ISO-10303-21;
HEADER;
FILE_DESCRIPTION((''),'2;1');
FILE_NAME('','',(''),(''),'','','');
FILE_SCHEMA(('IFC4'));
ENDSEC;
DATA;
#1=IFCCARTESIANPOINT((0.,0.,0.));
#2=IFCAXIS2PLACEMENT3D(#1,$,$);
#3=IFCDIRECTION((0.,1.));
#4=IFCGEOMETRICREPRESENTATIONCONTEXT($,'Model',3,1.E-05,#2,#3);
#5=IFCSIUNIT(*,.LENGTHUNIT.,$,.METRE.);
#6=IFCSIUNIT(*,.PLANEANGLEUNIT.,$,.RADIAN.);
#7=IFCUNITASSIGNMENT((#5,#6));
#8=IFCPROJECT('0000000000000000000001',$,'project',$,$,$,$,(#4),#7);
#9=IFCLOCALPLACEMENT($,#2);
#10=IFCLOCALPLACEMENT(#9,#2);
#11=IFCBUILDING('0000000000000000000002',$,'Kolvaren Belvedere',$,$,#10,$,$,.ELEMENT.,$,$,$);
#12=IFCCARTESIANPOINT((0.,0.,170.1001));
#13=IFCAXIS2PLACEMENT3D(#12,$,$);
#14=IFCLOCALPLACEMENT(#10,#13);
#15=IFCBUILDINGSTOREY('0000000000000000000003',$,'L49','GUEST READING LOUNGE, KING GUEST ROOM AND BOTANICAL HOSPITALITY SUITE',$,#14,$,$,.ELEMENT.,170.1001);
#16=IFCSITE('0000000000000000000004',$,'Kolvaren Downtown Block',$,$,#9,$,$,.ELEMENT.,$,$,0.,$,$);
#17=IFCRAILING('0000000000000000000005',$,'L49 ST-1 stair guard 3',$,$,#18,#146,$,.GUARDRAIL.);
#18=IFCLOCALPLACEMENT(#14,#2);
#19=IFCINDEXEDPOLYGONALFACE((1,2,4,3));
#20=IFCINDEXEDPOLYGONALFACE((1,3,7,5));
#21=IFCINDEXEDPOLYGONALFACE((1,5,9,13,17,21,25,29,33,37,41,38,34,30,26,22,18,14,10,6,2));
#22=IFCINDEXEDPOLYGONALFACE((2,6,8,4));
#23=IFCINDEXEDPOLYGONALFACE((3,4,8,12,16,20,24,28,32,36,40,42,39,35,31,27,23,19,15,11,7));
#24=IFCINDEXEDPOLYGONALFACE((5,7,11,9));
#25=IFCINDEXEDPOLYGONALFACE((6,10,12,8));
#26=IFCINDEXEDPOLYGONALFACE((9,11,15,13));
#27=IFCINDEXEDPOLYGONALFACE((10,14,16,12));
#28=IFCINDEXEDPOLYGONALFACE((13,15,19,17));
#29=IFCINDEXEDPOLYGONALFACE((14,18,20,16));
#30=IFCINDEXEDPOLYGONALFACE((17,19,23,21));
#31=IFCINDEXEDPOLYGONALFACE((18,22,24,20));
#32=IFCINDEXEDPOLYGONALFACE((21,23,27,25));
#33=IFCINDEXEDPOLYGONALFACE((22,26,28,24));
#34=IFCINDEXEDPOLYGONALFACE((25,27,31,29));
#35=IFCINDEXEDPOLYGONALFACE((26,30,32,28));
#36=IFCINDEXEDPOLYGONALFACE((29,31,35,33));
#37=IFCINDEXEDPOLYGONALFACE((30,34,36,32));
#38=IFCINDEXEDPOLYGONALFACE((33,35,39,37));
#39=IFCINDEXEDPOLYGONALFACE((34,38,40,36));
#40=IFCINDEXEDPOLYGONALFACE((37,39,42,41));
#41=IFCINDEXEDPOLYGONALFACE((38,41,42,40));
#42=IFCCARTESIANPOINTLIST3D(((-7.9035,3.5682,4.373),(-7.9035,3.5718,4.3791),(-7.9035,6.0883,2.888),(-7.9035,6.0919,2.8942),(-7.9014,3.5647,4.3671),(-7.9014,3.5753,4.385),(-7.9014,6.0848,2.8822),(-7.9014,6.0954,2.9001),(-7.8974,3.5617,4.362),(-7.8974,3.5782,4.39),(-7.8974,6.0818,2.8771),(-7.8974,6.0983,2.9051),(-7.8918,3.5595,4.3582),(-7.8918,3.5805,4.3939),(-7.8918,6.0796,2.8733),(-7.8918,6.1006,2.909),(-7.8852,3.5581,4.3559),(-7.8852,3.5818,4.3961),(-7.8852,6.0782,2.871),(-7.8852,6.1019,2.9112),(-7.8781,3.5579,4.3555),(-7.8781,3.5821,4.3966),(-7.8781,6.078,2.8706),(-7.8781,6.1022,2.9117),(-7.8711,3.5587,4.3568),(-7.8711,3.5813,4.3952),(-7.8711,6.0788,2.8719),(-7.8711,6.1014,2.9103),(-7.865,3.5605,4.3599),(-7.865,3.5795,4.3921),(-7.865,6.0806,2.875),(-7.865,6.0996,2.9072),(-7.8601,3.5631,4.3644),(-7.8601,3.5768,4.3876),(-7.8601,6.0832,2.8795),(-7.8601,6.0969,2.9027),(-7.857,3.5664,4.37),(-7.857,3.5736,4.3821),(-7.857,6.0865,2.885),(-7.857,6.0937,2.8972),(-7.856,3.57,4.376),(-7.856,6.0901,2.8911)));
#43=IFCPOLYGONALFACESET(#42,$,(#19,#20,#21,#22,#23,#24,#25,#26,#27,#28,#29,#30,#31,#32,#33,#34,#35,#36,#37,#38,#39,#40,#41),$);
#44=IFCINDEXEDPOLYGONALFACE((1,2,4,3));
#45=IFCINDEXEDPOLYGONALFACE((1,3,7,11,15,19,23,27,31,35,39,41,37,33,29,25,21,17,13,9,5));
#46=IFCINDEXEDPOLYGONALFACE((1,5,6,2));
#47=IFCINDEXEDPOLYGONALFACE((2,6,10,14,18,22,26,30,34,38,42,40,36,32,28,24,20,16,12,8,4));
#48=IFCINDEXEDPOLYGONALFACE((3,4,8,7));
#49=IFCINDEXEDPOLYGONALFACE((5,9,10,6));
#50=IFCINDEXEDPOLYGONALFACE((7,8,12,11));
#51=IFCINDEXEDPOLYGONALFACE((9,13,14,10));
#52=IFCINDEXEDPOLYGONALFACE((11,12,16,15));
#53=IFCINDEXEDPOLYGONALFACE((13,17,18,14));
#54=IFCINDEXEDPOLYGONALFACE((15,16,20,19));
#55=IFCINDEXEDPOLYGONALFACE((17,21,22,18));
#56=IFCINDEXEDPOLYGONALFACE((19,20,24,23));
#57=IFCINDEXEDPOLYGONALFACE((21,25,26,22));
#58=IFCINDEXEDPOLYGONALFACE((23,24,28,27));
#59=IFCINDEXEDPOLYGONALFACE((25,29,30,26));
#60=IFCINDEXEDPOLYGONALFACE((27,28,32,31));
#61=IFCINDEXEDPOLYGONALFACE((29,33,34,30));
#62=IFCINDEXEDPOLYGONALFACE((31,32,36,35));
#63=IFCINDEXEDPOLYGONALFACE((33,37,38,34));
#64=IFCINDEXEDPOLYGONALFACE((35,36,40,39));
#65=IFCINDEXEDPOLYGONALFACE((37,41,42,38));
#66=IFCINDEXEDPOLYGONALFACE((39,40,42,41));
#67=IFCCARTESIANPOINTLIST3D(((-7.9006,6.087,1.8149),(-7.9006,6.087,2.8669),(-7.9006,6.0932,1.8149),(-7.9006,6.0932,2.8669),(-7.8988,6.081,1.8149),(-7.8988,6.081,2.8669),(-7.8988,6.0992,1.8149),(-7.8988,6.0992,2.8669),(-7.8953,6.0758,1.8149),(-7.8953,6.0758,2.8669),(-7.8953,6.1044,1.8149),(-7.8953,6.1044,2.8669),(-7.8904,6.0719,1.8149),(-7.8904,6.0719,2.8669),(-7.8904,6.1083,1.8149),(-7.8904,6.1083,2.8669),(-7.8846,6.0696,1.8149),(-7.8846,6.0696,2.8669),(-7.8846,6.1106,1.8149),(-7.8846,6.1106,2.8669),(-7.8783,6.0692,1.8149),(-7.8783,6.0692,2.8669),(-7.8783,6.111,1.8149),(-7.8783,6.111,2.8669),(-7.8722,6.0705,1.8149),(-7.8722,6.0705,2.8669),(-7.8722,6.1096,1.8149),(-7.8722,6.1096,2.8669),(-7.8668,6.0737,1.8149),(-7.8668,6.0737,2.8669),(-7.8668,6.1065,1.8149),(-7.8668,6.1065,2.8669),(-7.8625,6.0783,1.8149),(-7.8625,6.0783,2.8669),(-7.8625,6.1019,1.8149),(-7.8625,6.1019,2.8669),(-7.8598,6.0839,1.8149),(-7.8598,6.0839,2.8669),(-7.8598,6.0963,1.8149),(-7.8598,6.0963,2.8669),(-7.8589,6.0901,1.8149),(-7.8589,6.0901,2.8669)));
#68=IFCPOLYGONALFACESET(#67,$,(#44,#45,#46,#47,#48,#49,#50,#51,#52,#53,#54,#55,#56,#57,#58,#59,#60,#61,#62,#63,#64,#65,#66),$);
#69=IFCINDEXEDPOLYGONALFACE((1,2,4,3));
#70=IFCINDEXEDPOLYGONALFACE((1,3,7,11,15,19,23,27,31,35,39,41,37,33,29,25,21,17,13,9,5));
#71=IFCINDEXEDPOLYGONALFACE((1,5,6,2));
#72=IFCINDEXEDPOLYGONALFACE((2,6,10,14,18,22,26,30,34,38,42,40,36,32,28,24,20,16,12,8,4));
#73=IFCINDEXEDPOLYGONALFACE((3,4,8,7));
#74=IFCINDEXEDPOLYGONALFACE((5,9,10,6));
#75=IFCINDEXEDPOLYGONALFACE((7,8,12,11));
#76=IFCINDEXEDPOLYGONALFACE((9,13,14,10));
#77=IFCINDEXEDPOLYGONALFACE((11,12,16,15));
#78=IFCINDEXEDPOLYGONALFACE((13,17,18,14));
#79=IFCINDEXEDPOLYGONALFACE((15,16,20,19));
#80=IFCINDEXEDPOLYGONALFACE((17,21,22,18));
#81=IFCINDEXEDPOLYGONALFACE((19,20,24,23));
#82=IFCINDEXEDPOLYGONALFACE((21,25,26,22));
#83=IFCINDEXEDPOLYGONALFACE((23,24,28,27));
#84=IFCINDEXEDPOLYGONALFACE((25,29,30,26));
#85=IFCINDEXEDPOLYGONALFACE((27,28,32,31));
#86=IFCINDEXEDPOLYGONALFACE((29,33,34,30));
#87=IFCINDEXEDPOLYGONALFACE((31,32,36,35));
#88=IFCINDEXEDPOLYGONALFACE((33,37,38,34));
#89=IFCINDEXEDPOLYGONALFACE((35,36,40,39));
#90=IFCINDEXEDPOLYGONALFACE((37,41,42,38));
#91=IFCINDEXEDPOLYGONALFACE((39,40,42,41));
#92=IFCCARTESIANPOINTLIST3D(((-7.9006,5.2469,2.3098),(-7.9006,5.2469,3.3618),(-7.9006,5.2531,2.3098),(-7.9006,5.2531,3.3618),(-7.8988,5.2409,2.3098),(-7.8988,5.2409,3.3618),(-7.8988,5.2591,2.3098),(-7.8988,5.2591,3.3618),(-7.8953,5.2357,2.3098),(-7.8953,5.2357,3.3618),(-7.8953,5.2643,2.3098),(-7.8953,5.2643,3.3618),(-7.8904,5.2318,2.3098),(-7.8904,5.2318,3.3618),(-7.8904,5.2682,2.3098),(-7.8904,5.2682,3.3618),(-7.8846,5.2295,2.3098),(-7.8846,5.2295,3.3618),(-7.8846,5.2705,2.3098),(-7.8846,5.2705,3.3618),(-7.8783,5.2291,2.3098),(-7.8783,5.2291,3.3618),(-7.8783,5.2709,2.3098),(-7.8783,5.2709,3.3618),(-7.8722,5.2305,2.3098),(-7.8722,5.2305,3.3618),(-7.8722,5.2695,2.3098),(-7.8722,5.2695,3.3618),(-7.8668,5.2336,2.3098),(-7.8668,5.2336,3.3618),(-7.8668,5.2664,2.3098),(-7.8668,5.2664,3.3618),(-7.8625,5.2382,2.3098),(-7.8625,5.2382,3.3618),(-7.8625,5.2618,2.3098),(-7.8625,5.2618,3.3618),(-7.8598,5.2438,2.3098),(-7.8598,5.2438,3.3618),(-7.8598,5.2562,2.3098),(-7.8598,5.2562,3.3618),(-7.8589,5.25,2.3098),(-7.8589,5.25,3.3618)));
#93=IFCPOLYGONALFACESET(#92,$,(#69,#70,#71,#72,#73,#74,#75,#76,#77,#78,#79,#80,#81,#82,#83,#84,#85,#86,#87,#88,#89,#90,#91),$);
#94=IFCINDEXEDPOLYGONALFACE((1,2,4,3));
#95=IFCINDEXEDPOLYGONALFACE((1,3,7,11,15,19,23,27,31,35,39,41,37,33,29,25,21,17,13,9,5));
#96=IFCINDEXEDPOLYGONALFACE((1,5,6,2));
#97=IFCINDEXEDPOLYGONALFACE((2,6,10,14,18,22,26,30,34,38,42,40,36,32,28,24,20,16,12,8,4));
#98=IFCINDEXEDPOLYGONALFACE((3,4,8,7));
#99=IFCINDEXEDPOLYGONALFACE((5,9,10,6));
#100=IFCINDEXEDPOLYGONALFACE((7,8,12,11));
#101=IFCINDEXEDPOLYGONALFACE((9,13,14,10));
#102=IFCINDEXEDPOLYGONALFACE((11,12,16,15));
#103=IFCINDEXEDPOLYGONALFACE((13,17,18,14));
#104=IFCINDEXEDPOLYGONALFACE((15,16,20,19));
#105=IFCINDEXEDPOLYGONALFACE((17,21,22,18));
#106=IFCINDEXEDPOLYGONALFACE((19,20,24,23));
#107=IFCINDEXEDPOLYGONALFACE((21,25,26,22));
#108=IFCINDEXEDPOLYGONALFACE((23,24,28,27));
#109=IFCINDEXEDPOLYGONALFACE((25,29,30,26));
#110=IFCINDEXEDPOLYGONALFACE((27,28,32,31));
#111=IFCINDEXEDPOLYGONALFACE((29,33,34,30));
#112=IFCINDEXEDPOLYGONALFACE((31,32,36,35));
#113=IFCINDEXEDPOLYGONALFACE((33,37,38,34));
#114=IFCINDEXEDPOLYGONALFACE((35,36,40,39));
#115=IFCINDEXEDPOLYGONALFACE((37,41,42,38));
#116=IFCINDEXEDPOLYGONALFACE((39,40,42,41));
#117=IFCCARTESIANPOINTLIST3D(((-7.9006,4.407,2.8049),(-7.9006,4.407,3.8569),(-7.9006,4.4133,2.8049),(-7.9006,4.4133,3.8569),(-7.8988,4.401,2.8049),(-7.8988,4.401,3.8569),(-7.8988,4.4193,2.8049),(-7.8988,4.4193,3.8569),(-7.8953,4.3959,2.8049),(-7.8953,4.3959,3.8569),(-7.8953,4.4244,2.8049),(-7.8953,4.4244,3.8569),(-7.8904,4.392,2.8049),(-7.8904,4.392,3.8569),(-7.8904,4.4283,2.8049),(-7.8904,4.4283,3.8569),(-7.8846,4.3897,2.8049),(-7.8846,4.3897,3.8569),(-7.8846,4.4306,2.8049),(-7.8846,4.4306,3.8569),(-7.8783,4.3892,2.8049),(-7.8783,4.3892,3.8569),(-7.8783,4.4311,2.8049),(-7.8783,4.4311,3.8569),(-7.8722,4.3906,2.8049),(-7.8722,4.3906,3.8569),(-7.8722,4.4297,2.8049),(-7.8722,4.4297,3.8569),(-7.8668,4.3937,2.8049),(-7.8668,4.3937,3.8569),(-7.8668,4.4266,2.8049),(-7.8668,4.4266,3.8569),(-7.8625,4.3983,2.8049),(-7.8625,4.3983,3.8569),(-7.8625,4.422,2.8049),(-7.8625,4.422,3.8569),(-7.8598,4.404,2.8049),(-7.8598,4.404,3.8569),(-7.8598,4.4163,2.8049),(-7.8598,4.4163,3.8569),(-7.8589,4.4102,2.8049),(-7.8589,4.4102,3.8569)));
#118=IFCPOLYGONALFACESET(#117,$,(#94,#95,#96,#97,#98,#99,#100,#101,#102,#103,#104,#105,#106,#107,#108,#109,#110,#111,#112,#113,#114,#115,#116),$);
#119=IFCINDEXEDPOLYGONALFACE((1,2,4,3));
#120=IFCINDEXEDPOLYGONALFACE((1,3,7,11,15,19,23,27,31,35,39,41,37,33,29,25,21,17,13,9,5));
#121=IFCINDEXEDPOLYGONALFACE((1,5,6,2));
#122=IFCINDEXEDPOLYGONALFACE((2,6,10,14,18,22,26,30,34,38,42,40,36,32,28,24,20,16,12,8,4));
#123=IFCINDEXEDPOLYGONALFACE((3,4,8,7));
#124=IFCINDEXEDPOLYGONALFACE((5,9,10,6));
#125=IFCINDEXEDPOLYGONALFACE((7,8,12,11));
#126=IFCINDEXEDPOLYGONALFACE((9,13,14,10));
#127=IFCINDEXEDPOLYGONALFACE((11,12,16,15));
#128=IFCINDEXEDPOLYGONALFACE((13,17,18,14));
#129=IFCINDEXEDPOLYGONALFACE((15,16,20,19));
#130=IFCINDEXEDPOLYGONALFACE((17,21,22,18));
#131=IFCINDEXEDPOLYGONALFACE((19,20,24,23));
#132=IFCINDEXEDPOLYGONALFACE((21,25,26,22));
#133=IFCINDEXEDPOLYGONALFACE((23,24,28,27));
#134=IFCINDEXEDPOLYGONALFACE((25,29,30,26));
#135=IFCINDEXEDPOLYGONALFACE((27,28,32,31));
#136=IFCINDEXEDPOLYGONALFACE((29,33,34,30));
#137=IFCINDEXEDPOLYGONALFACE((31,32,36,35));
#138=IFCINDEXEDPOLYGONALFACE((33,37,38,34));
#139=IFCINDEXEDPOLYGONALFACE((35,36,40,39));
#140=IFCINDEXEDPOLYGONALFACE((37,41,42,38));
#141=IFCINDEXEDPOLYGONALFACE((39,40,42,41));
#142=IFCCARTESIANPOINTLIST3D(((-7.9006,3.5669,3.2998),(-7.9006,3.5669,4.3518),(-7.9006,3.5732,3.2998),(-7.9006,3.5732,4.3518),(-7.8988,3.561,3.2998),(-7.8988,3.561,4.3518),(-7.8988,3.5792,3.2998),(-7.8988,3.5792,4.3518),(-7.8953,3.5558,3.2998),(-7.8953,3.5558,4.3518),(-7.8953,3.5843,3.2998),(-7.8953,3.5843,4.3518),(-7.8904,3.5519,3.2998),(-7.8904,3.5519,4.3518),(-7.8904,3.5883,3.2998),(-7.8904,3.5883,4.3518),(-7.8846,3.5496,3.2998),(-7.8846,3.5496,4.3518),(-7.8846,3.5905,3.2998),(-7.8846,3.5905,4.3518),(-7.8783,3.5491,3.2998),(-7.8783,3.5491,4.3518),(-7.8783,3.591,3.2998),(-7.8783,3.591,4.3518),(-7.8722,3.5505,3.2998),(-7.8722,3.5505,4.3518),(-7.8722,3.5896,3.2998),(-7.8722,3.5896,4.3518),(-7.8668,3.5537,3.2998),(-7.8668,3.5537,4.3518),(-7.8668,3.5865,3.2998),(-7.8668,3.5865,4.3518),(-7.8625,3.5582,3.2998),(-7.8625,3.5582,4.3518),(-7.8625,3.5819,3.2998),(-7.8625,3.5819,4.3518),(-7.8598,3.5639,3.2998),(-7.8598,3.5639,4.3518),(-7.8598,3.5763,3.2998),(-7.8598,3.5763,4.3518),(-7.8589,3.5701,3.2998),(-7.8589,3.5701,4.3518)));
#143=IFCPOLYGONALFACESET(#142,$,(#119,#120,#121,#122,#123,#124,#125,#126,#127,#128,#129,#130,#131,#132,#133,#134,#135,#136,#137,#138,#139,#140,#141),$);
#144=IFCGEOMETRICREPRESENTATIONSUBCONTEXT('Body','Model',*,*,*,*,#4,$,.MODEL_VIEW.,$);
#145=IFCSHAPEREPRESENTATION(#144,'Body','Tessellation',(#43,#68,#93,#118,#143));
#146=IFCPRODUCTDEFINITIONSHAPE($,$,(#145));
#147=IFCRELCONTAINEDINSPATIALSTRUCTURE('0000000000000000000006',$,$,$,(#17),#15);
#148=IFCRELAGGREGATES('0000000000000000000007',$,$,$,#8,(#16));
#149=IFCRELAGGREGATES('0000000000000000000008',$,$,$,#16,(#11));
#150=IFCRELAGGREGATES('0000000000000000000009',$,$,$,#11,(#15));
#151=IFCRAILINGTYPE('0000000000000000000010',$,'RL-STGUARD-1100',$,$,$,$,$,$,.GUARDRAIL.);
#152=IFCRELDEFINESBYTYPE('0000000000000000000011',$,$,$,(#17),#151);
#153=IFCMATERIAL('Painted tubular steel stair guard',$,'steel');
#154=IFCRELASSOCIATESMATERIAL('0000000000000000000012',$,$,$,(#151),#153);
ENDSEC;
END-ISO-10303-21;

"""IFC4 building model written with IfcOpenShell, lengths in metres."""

from ifc_helpers import new_model, si_unit, direction, frame, origin, origin_2d, place, context, subcontext, project, spatial, circle, extrude, material, type_object, element, save


model = new_model("IFC4")

# Units and contexts
model_context = context("Model", 3, precision=1e-05, world=origin(), true_north=direction((0.0, 1.0)))
body_context = subcontext(model_context, "Body", "Model", "MODEL_VIEW")
ifc_project = project(units=[si_unit("LENGTHUNIT", "METRE"), si_unit("PLANEANGLEUNIT", "RADIAN")], contexts=[model_context])

# Site, building, storey
site_placement = place(None, origin())
site = spatial("IfcSite", under=ifc_project, at=site_placement, Name="Kolvaren Downtown Block", CompositionType="ELEMENT", RefElevation=0.0)
building_placement = place(site_placement, origin())
building = spatial("IfcBuilding", under=site, at=building_placement, Name="Kolvaren Belvedere", CompositionType="ELEMENT")
storey_placement = place(building_placement, frame((0.0, 0.0, 170.1001)))
storey = spatial("IfcBuildingStorey", under=building, at=storey_placement, Name="L49", Description="GUEST READING LOUNGE, KING GUEST ROOM AND BOTANICAL HOSPITALITY SUITE", CompositionType="ELEMENT", Elevation=170.1001)

# Railing
ifc_material_1 = material(Name="Painted tubular steel stair guard", Category="steel")
railing_type_1 = type_object("IfcRailingType", Name="RL-STGUARD-1100", PredefinedType="GUARDRAIL", material=ifc_material_1)
railing_1_placement = place(storey_placement, frame((-7.8799, 6.0901, 1.8149)))
element("IfcRailing", 1, at=railing_1_placement, inside=storey, type_object=railing_type_1, Name="L49 ST-1 stair guard 3", PredefinedType="GUARDRAIL", context=body_context, shape_type="SweptSolid", body=[
    extrude(circle(Radius=0.0239, at=origin_2d()), frame((0.0, 0.0, 1.0762), z_axis=(0.0, -0.861561, 0.507655), x_axis=(1.0, 0.0, 0.0)), (0.0, 0.0, 1.0), 2.925),
    extrude(circle(Radius=0.021, at=origin_2d()), origin(), (0.0, 0.0, 1.0), 1.052),
    extrude(circle(Radius=0.021, at=origin_2d()), frame((0.0, -0.8401, 0.4949)), (0.0, 0.0, 1.0), 1.052),
    extrude(circle(Radius=0.021, at=origin_2d()), frame((0.0, -1.6799, 0.99)), (0.0, 0.0, 1.0), 1.052),
    extrude(circle(Radius=0.021, at=origin_2d()), frame((0.0, -2.52, 1.4849)), (0.0, 0.0, 1.0), 1.052),
])

save(model, "model.ifc")
